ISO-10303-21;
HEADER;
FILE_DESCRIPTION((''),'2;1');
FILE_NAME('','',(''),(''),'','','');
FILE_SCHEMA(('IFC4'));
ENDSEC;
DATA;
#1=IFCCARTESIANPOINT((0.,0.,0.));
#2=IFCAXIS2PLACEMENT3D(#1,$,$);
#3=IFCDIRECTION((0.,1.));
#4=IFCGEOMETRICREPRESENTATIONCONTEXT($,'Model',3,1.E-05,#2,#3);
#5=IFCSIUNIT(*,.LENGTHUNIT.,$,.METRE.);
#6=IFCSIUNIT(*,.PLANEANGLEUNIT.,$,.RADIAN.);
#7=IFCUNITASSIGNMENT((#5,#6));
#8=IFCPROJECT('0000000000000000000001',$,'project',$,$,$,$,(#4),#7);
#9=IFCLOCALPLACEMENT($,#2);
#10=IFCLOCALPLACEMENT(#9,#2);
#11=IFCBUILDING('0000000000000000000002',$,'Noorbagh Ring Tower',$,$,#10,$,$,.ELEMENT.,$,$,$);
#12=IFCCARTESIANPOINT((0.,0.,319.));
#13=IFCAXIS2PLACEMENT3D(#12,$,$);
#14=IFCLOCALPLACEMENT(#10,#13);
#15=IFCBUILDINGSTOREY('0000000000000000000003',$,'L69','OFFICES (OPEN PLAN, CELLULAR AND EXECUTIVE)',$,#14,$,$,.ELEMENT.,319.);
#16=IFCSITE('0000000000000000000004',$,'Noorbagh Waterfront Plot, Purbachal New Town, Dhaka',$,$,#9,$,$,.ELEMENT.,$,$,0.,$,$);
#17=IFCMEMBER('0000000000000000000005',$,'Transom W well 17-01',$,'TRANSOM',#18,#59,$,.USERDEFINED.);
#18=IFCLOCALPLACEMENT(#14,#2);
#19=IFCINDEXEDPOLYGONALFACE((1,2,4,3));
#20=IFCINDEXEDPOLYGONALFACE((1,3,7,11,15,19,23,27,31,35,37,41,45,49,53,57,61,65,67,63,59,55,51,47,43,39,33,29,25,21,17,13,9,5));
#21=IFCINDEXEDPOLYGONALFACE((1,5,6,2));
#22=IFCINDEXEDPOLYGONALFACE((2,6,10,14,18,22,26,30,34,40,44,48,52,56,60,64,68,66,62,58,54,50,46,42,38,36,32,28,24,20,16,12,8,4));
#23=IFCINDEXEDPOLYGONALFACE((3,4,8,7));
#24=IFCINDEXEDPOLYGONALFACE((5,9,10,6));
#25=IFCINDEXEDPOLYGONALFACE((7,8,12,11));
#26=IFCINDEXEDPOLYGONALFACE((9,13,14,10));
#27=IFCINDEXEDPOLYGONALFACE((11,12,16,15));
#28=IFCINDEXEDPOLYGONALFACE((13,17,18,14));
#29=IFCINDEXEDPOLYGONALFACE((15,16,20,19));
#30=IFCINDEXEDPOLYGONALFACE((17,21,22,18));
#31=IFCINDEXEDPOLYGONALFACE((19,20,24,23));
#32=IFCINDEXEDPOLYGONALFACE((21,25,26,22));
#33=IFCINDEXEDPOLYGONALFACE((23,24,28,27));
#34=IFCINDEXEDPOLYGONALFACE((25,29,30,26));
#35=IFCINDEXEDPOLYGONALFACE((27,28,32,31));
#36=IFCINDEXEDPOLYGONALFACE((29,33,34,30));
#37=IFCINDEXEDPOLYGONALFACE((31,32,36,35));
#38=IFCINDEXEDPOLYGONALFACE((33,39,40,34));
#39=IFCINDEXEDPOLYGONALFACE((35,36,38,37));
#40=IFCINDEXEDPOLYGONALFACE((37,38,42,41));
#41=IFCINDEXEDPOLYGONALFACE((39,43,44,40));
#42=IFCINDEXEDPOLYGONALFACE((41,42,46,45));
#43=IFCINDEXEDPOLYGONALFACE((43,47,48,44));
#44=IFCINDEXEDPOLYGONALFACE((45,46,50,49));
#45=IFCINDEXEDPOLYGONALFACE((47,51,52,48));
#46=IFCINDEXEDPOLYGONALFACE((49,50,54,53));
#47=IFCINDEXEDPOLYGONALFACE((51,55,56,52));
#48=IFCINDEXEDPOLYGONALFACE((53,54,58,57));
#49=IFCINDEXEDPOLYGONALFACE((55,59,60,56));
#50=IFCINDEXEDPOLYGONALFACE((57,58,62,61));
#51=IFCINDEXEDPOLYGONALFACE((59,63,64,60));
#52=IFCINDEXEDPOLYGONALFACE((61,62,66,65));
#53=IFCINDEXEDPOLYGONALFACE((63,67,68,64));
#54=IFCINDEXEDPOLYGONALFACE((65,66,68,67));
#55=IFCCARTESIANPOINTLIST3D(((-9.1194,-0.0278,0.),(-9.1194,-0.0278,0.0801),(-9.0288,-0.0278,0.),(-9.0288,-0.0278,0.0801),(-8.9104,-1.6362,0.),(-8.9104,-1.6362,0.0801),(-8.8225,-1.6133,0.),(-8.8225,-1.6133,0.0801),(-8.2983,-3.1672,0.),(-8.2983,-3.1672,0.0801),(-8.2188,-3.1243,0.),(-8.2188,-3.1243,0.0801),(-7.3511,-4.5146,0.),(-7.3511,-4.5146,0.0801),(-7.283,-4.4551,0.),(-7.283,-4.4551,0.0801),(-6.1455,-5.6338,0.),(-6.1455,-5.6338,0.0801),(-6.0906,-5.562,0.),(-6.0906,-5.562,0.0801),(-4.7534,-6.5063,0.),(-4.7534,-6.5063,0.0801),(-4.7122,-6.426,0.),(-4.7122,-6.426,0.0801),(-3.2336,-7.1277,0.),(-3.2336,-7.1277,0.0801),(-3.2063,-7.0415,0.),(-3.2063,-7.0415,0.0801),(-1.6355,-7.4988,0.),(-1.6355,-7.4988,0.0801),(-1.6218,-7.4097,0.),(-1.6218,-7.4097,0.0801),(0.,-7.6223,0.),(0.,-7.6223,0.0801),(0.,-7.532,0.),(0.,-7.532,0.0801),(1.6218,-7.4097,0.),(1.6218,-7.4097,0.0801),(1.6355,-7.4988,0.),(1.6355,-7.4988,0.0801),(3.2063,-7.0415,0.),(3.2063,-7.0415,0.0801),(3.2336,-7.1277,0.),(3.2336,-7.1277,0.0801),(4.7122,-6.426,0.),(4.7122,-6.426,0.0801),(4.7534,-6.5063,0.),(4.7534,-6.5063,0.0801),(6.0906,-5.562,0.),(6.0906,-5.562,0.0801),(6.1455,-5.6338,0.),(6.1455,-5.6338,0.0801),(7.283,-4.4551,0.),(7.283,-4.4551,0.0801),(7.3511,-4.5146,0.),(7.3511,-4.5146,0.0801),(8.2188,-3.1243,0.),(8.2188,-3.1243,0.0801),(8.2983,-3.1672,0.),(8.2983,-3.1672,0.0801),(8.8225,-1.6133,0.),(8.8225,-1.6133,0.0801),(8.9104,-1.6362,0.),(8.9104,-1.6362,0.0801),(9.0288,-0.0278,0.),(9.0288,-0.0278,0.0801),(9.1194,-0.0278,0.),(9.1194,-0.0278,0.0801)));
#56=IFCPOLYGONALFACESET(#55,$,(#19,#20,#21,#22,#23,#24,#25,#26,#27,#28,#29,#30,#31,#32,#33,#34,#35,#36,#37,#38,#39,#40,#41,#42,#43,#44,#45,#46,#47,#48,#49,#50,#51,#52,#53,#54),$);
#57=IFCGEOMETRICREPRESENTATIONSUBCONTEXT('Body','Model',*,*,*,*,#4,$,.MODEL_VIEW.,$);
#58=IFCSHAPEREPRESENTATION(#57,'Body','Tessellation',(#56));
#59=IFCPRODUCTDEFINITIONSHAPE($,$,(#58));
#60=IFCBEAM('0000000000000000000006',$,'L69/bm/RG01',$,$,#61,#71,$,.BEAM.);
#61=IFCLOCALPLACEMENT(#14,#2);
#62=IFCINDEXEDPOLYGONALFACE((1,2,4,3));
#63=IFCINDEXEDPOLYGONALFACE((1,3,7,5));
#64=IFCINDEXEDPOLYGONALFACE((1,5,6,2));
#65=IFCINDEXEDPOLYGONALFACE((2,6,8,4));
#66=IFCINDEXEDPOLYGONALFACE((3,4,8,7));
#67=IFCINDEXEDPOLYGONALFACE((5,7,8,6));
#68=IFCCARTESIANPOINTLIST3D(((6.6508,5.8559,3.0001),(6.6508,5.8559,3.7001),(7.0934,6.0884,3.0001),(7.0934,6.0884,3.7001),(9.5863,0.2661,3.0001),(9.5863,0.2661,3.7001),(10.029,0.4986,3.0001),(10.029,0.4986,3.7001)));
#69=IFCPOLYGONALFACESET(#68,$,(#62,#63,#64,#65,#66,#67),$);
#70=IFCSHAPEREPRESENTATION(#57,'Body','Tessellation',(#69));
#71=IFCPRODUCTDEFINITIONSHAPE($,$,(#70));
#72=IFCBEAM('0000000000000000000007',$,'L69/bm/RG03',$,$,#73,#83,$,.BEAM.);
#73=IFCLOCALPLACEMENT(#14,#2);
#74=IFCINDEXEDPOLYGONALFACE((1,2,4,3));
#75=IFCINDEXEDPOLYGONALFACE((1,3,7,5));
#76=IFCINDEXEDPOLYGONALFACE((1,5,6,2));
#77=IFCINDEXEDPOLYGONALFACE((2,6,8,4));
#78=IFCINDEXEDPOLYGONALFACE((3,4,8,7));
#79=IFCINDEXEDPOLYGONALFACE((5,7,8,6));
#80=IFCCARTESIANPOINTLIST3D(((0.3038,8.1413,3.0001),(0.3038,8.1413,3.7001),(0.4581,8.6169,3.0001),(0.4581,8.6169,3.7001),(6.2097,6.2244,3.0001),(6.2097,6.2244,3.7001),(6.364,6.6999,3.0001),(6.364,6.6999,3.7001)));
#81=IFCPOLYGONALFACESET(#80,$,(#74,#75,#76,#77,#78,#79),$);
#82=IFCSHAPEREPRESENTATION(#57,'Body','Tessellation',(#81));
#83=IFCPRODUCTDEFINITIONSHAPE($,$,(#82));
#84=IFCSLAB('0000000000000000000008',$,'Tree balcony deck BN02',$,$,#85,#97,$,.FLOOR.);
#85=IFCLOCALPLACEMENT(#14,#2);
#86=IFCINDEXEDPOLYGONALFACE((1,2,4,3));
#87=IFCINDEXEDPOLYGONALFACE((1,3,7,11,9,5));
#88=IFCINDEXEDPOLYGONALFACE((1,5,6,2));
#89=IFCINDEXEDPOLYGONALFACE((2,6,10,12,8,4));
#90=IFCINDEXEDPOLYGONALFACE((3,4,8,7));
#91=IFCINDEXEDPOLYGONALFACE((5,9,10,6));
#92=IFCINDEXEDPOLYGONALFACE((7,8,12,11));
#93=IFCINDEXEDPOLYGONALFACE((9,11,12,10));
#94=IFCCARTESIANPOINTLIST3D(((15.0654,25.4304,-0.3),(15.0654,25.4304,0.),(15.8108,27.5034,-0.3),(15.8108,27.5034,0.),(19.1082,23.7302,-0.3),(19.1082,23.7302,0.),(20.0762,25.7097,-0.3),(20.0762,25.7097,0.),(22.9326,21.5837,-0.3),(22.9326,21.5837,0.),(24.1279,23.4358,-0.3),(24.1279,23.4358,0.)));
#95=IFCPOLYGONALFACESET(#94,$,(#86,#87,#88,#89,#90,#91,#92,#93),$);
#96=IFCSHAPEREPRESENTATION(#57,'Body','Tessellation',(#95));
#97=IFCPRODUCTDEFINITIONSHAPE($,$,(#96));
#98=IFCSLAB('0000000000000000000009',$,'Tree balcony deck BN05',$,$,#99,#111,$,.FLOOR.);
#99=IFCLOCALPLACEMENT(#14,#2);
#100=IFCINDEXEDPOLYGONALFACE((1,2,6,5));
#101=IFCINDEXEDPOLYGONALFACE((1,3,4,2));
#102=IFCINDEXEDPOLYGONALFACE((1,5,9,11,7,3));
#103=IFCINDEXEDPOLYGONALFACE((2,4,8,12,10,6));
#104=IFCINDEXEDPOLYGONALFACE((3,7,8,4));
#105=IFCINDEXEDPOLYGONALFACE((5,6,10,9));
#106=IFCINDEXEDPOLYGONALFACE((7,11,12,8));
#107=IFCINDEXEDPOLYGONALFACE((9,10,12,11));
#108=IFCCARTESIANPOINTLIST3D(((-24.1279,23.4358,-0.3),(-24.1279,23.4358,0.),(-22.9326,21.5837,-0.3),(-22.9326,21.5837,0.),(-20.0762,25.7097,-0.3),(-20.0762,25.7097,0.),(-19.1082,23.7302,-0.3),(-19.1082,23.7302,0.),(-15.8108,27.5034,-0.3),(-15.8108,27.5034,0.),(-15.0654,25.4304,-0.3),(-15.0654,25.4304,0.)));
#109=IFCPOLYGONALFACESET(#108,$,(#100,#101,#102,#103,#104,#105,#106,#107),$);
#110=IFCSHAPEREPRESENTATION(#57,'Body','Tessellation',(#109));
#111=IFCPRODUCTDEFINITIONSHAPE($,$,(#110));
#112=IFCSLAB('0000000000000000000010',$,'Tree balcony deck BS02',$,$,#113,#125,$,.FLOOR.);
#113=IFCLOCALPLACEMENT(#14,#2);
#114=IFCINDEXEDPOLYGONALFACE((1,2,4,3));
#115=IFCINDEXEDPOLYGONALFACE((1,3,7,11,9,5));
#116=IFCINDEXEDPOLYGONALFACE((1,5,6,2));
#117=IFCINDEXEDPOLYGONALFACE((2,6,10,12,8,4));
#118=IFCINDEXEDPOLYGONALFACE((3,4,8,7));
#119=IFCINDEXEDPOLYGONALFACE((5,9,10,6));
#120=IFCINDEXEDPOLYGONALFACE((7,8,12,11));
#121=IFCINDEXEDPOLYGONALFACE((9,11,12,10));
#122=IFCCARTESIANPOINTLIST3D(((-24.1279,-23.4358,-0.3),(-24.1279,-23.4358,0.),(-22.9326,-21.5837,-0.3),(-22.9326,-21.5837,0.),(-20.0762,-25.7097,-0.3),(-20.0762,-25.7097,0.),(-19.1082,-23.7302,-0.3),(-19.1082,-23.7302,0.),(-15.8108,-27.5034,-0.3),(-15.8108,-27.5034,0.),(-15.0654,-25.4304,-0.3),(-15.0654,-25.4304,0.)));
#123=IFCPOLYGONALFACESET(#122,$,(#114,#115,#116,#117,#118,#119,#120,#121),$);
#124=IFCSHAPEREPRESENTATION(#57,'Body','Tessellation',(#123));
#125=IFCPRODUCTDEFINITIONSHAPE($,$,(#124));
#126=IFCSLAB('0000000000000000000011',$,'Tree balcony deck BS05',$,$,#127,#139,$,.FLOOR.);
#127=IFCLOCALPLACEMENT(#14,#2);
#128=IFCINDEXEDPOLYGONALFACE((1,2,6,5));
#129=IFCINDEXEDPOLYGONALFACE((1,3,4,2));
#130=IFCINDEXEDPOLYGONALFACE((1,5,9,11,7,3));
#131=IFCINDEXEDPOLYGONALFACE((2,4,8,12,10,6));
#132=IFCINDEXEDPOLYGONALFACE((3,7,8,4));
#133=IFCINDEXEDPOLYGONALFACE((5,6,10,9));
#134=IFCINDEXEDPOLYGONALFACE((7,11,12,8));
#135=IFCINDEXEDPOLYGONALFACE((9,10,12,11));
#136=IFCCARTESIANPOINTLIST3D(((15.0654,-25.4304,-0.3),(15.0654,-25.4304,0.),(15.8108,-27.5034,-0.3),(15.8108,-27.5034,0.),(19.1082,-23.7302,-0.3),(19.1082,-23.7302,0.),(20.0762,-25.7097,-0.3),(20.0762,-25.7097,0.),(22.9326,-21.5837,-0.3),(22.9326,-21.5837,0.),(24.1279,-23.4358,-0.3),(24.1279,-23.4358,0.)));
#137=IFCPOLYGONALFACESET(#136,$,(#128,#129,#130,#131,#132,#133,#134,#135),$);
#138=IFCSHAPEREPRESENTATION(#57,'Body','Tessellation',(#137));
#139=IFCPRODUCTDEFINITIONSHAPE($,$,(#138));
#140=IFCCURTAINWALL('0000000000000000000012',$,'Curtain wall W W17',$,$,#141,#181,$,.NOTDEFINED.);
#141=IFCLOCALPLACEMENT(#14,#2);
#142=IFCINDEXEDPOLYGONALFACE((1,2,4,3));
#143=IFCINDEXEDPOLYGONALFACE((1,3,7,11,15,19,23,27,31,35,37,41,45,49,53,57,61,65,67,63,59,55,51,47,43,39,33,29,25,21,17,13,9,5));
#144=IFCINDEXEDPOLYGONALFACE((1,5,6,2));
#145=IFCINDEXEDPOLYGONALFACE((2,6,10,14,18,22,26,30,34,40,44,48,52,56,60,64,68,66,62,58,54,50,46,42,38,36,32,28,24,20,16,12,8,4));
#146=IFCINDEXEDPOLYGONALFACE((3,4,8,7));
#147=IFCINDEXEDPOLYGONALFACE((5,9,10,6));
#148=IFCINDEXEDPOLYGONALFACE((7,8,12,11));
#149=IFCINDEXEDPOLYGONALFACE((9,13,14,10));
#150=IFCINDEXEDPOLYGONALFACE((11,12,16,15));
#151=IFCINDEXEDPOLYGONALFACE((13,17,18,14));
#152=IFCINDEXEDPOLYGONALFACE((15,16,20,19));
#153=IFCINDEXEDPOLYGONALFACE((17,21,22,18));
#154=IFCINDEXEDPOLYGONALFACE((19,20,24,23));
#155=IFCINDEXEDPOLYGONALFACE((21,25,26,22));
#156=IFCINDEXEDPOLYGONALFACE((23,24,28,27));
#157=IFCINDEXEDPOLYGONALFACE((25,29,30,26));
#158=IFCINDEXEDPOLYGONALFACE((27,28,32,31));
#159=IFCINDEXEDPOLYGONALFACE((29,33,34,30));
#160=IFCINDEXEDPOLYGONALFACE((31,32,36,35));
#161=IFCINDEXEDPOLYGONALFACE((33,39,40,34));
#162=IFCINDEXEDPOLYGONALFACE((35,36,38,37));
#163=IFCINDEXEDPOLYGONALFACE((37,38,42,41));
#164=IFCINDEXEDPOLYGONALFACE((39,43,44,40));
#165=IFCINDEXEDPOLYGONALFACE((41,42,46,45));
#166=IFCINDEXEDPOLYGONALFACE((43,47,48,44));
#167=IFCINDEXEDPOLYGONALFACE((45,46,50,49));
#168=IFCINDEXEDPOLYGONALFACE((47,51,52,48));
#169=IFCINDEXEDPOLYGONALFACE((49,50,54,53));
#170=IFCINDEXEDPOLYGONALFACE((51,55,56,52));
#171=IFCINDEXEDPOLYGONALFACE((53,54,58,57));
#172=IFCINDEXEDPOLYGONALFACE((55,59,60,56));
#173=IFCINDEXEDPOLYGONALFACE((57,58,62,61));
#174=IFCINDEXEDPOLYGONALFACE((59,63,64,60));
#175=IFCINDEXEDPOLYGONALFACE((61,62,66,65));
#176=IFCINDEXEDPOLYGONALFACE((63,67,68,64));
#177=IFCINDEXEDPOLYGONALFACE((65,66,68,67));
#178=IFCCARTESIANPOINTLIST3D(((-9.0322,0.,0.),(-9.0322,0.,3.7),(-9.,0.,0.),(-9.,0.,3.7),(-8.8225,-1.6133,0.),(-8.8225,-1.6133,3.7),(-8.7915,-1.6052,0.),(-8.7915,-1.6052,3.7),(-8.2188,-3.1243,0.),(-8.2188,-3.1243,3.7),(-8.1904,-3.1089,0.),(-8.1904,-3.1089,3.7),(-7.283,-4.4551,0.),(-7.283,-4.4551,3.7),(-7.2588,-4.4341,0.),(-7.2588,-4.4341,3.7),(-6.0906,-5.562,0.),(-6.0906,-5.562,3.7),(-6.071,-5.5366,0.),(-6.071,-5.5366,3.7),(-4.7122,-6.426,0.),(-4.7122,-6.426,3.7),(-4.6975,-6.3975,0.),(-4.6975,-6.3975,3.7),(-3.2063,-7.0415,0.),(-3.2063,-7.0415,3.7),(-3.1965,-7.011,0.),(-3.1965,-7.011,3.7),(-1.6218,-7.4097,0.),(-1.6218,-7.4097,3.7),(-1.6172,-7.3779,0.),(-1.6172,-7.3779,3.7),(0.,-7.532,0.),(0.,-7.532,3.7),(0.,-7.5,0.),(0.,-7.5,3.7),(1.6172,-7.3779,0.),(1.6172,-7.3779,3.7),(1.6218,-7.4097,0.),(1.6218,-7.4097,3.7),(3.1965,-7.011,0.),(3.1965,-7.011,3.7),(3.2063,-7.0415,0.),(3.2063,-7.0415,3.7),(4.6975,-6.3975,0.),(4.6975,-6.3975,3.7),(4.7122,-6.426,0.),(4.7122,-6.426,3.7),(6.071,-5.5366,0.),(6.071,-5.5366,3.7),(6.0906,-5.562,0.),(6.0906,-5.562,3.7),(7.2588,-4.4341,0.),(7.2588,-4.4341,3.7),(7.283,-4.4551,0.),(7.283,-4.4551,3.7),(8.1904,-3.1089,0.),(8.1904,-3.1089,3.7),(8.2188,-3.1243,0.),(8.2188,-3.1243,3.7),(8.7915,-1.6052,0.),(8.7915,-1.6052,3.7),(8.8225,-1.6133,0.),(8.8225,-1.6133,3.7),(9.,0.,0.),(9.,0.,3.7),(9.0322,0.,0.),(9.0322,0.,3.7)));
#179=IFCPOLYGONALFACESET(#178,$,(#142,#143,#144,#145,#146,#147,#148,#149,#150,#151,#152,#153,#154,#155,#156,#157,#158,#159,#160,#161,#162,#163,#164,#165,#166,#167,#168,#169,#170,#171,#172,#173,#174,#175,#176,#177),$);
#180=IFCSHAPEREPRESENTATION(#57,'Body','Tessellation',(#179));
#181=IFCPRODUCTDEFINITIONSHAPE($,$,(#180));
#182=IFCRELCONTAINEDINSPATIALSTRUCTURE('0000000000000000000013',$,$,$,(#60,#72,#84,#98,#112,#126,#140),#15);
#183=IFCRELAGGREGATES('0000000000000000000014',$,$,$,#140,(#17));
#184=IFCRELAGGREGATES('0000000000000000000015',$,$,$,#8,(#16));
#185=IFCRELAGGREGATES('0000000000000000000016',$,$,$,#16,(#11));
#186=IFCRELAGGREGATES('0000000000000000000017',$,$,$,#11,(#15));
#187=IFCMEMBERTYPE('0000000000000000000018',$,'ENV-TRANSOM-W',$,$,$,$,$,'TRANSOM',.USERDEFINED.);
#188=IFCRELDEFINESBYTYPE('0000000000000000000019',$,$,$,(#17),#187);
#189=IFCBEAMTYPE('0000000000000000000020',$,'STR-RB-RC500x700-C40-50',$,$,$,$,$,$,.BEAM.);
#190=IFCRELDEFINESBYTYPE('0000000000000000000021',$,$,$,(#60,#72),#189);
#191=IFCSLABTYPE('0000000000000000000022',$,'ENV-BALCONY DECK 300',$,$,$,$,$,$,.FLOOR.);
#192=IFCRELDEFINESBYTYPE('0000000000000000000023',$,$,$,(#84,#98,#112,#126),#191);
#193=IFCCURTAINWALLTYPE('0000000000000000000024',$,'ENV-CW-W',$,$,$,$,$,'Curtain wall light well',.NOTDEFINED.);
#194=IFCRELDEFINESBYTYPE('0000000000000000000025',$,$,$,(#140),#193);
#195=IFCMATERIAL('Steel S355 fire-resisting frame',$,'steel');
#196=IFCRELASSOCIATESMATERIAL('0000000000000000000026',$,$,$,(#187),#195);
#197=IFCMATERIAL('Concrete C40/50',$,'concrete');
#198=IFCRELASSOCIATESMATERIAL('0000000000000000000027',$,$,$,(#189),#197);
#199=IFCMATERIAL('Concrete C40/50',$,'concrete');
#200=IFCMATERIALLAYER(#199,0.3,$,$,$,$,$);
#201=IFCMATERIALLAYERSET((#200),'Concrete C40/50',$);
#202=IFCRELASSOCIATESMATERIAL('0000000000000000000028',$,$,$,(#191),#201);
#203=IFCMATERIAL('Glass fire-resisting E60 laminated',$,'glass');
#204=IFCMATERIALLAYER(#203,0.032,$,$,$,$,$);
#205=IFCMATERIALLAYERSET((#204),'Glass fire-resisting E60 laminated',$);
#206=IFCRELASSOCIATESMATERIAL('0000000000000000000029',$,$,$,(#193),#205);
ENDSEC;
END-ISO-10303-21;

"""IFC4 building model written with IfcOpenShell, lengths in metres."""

from ifc_helpers import new_model, si_unit, direction, frame, origin, origin_2d, place, context, subcontext, project, spatial, polyline, rectangle, outline, extrude, material, layer, layer_set, material_profile, profile_set, type_object, element, aggregate, save


model = new_model("IFC4")

# Units and contexts
model_context = context("Model", 3, precision=1e-05, world=origin(), true_north=direction((0.0, 1.0)))
body_context = subcontext(model_context, "Body", "Model", "MODEL_VIEW")
ifc_project = project(units=[si_unit("LENGTHUNIT", "METRE"), si_unit("PLANEANGLEUNIT", "RADIAN")], contexts=[model_context])

# Site, building, storey
site_placement = place(None, origin())
site = spatial("IfcSite", under=ifc_project, at=site_placement, Name="Noorbagh Waterfront Plot, Purbachal New Town, Dhaka", CompositionType="ELEMENT", RefElevation=0.0)
building_placement = place(site_placement, origin())
building = spatial("IfcBuilding", under=site, at=building_placement, Name="Noorbagh Ring Tower", CompositionType="ELEMENT")
storey_placement = place(building_placement, frame((0.0, 0.0, 319.0)))
storey = spatial("IfcBuildingStorey", under=building, at=storey_placement, Name="L69", Description="OFFICES (OPEN PLAN, CELLULAR AND EXECUTIVE)", CompositionType="ELEMENT", Elevation=319.0)

# Member
ifc_material_1 = material(Name="Steel S355 fire-resisting frame", Category="steel")
member_type_1 = type_object("IfcMemberType", Name="ENV-TRANSOM-W", ElementType="TRANSOM", PredefinedType="USERDEFINED", material=ifc_material_1)
member_1_placement = place(storey_placement, origin())
member_1 = element("IfcMember", 1, at=member_1_placement, type_object=member_type_1, Name="Transom W well 17-01", ObjectType="TRANSOM", PredefinedType="USERDEFINED", context=body_context, shape_type="SweptSolid", body=[
    extrude(outline(polyline([(-9.1194, -0.0278), (-8.9104, -1.6362), (-8.2983, -3.1672), (-7.3511, -4.5146), (-6.1455, -5.6338), (-4.7534, -6.5063), (-3.2336, -7.1277), (-1.6355, -7.4988), (0.0, -7.6223), (1.6355, -7.4988), (3.2336, -7.1277), (4.7534, -6.5063), (6.1455, -5.6338), (7.3511, -4.5146), (8.2983, -3.1672), (8.9104, -1.6362), (9.1194, -0.0278), (9.0288, -0.0278), (8.8225, -1.6133), (8.2188, -3.1243), (7.283, -4.4551), (6.0906, -5.562), (4.7122, -6.426), (3.2063, -7.0415), (1.6218, -7.4097), (0.0, -7.532), (-1.6218, -7.4097), (-3.2063, -7.0415), (-4.7122, -6.426), (-6.0906, -5.562), (-7.283, -4.4551), (-8.2188, -3.1243), (-8.8225, -1.6133), (-9.0288, -0.0278), (-9.1194, -0.0278)])), origin(), (0.0, 0.0, 1.0), 0.0801),
])

# Beams
ifc_material_2 = material(Name="Concrete C40/50", Category="concrete")
ifc_material_profile_1 = material_profile(ifc_material_2, rectangle(XDim=0.5, YDim=0.7, at=origin_2d()), Name="RC500x700")
ifc_profile_set_1 = profile_set([ifc_material_profile_1], Name="Concrete C40/50")
beam_type = type_object("IfcBeamType", Name="STR-RB-RC500x700-C40-50", PredefinedType="BEAM", material=ifc_profile_set_1)
beam_1_placement = place(storey_placement, frame((9.8076, 0.3823, 3.3501), z_axis=(-0.464943, 0.885341, 0.0), x_axis=(-0.885341, -0.464943, 0.0)))
element("IfcBeam", 2, at=beam_1_placement, inside=storey, type_object=beam_type, Name="L69/bm/RG01", PredefinedType="BEAM", context=body_context, shape_type="SweptSolid", body=[
    extrude(rectangle(XDim=0.5, YDim=0.7, at=origin_2d()), origin(), (0.0, 0.0, 1.0), 6.3137),
])
beam_2_placement = place(storey_placement, frame((6.2869, 6.4622, 3.3501), z_axis=(-0.95115, 0.308728, 0.0), x_axis=(-0.308728, -0.95115, 0.0)))
element("IfcBeam", 3, at=beam_2_placement, inside=storey, type_object=beam_type, Name="L69/bm/RG03", PredefinedType="BEAM", context=body_context, shape_type="SweptSolid", body=[
    extrude(rectangle(XDim=0.5, YDim=0.7, at=origin_2d()), origin(), (0.0, 0.0, 1.0), 6.2092),
])

# Slabs
ifc_material_3 = material(Name="Concrete C40/50", Category="concrete")
ifc_layer_1 = layer(ifc_material_3, 0.3)
ifc_layer_set_1 = layer_set([ifc_layer_1], Name="Concrete C40/50")
slab_type = type_object("IfcSlabType", Name="ENV-BALCONY DECK 300", PredefinedType="FLOOR", material=ifc_layer_set_1)
slab_1_placement = place(storey_placement, frame((0.0, 0.0, -0.3)))
element("IfcSlab", 4, at=slab_1_placement, inside=storey, type_object=slab_type, Name="Tree balcony deck BN02", PredefinedType="FLOOR", context=body_context, shape_type="SweptSolid", body=[
    extrude(outline(polyline([(24.1279, 23.4358), (20.0762, 25.7097), (15.8108, 27.5034), (15.0654, 25.4304), (19.1082, 23.7302), (22.9326, 21.5837), (24.1279, 23.4358)])), origin(), (0.0, 0.0, 1.0), 0.3),
])
slab_2_placement = place(storey_placement, frame((0.0, 0.0, -0.3)))
element("IfcSlab", 5, at=slab_2_placement, inside=storey, type_object=slab_type, Name="Tree balcony deck BN05", PredefinedType="FLOOR", context=body_context, shape_type="SweptSolid", body=[
    extrude(outline(polyline([(-15.8108, 27.5034), (-20.0762, 25.7097), (-24.1279, 23.4358), (-22.9326, 21.5837), (-19.1082, 23.7302), (-15.0654, 25.4304), (-15.8108, 27.5034)])), origin(), (0.0, 0.0, 1.0), 0.3),
])
slab_3_placement = place(storey_placement, frame((0.0, 0.0, -0.3)))
element("IfcSlab", 6, at=slab_3_placement, inside=storey, type_object=slab_type, Name="Tree balcony deck BS02", PredefinedType="FLOOR", context=body_context, shape_type="SweptSolid", body=[
    extrude(outline(polyline([(-24.1279, -23.4358), (-20.0762, -25.7097), (-15.8108, -27.5034), (-15.0654, -25.4304), (-19.1082, -23.7302), (-22.9326, -21.5837), (-24.1279, -23.4358)])), origin(), (0.0, 0.0, 1.0), 0.3),
])
slab_4_placement = place(storey_placement, frame((0.0, 0.0, -0.3)))
element("IfcSlab", 7, at=slab_4_placement, inside=storey, type_object=slab_type, Name="Tree balcony deck BS05", PredefinedType="FLOOR", context=body_context, shape_type="SweptSolid", body=[
    extrude(outline(polyline([(15.8108, -27.5034), (20.0762, -25.7097), (24.1279, -23.4358), (22.9326, -21.5837), (19.1082, -23.7302), (15.0654, -25.4304), (15.8108, -27.5034)])), origin(), (0.0, 0.0, 1.0), 0.3),
])

# Curtain wall
ifc_material_4 = material(Name="Glass fire-resisting E60 laminated", Category="glass")
ifc_layer_2 = layer(ifc_material_4, 0.032)
ifc_layer_set_2 = layer_set([ifc_layer_2], Name="Glass fire-resisting E60 laminated")
curtain_wall_type = type_object("IfcCurtainWallType", Name="ENV-CW-W", ElementType="Curtain wall light well", PredefinedType="NOTDEFINED", material=ifc_layer_set_2)
curtain_wall_1_placement = place(storey_placement, origin())
curtain_wall_1 = element("IfcCurtainWall", 8, at=curtain_wall_1_placement, inside=storey, type_object=curtain_wall_type, Name="Curtain wall W W17", PredefinedType="NOTDEFINED", context=body_context, shape_type="SweptSolid", body=[
    extrude(outline(polyline([(-9.0322, 0.0), (-8.8225, -1.6133), (-8.2188, -3.1243), (-7.283, -4.4551), (-6.0906, -5.562), (-4.7122, -6.426), (-3.2063, -7.0415), (-1.6218, -7.4097), (0.0, -7.532), (1.6218, -7.4097), (3.2063, -7.0415), (4.7122, -6.426), (6.0906, -5.562), (7.283, -4.4551), (8.2188, -3.1243), (8.8225, -1.6133), (9.0322, 0.0), (9.0, 0.0), (8.7915, -1.6052), (8.1904, -3.1089), (7.2588, -4.4341), (6.071, -5.5366), (4.6975, -6.3975), (3.1965, -7.011), (1.6172, -7.3779), (0.0, -7.5), (-1.6172, -7.3779), (-3.1965, -7.011), (-4.6975, -6.3975), (-6.071, -5.5366), (-7.2588, -4.4341), (-8.1904, -3.1089), (-8.7915, -1.6052), (-9.0, 0.0), (-9.0322, 0.0)])), origin(), (0.0, 0.0, 1.0), 3.7),
])
aggregate(curtain_wall_1, [member_1])

save(model, "model.ifc")
